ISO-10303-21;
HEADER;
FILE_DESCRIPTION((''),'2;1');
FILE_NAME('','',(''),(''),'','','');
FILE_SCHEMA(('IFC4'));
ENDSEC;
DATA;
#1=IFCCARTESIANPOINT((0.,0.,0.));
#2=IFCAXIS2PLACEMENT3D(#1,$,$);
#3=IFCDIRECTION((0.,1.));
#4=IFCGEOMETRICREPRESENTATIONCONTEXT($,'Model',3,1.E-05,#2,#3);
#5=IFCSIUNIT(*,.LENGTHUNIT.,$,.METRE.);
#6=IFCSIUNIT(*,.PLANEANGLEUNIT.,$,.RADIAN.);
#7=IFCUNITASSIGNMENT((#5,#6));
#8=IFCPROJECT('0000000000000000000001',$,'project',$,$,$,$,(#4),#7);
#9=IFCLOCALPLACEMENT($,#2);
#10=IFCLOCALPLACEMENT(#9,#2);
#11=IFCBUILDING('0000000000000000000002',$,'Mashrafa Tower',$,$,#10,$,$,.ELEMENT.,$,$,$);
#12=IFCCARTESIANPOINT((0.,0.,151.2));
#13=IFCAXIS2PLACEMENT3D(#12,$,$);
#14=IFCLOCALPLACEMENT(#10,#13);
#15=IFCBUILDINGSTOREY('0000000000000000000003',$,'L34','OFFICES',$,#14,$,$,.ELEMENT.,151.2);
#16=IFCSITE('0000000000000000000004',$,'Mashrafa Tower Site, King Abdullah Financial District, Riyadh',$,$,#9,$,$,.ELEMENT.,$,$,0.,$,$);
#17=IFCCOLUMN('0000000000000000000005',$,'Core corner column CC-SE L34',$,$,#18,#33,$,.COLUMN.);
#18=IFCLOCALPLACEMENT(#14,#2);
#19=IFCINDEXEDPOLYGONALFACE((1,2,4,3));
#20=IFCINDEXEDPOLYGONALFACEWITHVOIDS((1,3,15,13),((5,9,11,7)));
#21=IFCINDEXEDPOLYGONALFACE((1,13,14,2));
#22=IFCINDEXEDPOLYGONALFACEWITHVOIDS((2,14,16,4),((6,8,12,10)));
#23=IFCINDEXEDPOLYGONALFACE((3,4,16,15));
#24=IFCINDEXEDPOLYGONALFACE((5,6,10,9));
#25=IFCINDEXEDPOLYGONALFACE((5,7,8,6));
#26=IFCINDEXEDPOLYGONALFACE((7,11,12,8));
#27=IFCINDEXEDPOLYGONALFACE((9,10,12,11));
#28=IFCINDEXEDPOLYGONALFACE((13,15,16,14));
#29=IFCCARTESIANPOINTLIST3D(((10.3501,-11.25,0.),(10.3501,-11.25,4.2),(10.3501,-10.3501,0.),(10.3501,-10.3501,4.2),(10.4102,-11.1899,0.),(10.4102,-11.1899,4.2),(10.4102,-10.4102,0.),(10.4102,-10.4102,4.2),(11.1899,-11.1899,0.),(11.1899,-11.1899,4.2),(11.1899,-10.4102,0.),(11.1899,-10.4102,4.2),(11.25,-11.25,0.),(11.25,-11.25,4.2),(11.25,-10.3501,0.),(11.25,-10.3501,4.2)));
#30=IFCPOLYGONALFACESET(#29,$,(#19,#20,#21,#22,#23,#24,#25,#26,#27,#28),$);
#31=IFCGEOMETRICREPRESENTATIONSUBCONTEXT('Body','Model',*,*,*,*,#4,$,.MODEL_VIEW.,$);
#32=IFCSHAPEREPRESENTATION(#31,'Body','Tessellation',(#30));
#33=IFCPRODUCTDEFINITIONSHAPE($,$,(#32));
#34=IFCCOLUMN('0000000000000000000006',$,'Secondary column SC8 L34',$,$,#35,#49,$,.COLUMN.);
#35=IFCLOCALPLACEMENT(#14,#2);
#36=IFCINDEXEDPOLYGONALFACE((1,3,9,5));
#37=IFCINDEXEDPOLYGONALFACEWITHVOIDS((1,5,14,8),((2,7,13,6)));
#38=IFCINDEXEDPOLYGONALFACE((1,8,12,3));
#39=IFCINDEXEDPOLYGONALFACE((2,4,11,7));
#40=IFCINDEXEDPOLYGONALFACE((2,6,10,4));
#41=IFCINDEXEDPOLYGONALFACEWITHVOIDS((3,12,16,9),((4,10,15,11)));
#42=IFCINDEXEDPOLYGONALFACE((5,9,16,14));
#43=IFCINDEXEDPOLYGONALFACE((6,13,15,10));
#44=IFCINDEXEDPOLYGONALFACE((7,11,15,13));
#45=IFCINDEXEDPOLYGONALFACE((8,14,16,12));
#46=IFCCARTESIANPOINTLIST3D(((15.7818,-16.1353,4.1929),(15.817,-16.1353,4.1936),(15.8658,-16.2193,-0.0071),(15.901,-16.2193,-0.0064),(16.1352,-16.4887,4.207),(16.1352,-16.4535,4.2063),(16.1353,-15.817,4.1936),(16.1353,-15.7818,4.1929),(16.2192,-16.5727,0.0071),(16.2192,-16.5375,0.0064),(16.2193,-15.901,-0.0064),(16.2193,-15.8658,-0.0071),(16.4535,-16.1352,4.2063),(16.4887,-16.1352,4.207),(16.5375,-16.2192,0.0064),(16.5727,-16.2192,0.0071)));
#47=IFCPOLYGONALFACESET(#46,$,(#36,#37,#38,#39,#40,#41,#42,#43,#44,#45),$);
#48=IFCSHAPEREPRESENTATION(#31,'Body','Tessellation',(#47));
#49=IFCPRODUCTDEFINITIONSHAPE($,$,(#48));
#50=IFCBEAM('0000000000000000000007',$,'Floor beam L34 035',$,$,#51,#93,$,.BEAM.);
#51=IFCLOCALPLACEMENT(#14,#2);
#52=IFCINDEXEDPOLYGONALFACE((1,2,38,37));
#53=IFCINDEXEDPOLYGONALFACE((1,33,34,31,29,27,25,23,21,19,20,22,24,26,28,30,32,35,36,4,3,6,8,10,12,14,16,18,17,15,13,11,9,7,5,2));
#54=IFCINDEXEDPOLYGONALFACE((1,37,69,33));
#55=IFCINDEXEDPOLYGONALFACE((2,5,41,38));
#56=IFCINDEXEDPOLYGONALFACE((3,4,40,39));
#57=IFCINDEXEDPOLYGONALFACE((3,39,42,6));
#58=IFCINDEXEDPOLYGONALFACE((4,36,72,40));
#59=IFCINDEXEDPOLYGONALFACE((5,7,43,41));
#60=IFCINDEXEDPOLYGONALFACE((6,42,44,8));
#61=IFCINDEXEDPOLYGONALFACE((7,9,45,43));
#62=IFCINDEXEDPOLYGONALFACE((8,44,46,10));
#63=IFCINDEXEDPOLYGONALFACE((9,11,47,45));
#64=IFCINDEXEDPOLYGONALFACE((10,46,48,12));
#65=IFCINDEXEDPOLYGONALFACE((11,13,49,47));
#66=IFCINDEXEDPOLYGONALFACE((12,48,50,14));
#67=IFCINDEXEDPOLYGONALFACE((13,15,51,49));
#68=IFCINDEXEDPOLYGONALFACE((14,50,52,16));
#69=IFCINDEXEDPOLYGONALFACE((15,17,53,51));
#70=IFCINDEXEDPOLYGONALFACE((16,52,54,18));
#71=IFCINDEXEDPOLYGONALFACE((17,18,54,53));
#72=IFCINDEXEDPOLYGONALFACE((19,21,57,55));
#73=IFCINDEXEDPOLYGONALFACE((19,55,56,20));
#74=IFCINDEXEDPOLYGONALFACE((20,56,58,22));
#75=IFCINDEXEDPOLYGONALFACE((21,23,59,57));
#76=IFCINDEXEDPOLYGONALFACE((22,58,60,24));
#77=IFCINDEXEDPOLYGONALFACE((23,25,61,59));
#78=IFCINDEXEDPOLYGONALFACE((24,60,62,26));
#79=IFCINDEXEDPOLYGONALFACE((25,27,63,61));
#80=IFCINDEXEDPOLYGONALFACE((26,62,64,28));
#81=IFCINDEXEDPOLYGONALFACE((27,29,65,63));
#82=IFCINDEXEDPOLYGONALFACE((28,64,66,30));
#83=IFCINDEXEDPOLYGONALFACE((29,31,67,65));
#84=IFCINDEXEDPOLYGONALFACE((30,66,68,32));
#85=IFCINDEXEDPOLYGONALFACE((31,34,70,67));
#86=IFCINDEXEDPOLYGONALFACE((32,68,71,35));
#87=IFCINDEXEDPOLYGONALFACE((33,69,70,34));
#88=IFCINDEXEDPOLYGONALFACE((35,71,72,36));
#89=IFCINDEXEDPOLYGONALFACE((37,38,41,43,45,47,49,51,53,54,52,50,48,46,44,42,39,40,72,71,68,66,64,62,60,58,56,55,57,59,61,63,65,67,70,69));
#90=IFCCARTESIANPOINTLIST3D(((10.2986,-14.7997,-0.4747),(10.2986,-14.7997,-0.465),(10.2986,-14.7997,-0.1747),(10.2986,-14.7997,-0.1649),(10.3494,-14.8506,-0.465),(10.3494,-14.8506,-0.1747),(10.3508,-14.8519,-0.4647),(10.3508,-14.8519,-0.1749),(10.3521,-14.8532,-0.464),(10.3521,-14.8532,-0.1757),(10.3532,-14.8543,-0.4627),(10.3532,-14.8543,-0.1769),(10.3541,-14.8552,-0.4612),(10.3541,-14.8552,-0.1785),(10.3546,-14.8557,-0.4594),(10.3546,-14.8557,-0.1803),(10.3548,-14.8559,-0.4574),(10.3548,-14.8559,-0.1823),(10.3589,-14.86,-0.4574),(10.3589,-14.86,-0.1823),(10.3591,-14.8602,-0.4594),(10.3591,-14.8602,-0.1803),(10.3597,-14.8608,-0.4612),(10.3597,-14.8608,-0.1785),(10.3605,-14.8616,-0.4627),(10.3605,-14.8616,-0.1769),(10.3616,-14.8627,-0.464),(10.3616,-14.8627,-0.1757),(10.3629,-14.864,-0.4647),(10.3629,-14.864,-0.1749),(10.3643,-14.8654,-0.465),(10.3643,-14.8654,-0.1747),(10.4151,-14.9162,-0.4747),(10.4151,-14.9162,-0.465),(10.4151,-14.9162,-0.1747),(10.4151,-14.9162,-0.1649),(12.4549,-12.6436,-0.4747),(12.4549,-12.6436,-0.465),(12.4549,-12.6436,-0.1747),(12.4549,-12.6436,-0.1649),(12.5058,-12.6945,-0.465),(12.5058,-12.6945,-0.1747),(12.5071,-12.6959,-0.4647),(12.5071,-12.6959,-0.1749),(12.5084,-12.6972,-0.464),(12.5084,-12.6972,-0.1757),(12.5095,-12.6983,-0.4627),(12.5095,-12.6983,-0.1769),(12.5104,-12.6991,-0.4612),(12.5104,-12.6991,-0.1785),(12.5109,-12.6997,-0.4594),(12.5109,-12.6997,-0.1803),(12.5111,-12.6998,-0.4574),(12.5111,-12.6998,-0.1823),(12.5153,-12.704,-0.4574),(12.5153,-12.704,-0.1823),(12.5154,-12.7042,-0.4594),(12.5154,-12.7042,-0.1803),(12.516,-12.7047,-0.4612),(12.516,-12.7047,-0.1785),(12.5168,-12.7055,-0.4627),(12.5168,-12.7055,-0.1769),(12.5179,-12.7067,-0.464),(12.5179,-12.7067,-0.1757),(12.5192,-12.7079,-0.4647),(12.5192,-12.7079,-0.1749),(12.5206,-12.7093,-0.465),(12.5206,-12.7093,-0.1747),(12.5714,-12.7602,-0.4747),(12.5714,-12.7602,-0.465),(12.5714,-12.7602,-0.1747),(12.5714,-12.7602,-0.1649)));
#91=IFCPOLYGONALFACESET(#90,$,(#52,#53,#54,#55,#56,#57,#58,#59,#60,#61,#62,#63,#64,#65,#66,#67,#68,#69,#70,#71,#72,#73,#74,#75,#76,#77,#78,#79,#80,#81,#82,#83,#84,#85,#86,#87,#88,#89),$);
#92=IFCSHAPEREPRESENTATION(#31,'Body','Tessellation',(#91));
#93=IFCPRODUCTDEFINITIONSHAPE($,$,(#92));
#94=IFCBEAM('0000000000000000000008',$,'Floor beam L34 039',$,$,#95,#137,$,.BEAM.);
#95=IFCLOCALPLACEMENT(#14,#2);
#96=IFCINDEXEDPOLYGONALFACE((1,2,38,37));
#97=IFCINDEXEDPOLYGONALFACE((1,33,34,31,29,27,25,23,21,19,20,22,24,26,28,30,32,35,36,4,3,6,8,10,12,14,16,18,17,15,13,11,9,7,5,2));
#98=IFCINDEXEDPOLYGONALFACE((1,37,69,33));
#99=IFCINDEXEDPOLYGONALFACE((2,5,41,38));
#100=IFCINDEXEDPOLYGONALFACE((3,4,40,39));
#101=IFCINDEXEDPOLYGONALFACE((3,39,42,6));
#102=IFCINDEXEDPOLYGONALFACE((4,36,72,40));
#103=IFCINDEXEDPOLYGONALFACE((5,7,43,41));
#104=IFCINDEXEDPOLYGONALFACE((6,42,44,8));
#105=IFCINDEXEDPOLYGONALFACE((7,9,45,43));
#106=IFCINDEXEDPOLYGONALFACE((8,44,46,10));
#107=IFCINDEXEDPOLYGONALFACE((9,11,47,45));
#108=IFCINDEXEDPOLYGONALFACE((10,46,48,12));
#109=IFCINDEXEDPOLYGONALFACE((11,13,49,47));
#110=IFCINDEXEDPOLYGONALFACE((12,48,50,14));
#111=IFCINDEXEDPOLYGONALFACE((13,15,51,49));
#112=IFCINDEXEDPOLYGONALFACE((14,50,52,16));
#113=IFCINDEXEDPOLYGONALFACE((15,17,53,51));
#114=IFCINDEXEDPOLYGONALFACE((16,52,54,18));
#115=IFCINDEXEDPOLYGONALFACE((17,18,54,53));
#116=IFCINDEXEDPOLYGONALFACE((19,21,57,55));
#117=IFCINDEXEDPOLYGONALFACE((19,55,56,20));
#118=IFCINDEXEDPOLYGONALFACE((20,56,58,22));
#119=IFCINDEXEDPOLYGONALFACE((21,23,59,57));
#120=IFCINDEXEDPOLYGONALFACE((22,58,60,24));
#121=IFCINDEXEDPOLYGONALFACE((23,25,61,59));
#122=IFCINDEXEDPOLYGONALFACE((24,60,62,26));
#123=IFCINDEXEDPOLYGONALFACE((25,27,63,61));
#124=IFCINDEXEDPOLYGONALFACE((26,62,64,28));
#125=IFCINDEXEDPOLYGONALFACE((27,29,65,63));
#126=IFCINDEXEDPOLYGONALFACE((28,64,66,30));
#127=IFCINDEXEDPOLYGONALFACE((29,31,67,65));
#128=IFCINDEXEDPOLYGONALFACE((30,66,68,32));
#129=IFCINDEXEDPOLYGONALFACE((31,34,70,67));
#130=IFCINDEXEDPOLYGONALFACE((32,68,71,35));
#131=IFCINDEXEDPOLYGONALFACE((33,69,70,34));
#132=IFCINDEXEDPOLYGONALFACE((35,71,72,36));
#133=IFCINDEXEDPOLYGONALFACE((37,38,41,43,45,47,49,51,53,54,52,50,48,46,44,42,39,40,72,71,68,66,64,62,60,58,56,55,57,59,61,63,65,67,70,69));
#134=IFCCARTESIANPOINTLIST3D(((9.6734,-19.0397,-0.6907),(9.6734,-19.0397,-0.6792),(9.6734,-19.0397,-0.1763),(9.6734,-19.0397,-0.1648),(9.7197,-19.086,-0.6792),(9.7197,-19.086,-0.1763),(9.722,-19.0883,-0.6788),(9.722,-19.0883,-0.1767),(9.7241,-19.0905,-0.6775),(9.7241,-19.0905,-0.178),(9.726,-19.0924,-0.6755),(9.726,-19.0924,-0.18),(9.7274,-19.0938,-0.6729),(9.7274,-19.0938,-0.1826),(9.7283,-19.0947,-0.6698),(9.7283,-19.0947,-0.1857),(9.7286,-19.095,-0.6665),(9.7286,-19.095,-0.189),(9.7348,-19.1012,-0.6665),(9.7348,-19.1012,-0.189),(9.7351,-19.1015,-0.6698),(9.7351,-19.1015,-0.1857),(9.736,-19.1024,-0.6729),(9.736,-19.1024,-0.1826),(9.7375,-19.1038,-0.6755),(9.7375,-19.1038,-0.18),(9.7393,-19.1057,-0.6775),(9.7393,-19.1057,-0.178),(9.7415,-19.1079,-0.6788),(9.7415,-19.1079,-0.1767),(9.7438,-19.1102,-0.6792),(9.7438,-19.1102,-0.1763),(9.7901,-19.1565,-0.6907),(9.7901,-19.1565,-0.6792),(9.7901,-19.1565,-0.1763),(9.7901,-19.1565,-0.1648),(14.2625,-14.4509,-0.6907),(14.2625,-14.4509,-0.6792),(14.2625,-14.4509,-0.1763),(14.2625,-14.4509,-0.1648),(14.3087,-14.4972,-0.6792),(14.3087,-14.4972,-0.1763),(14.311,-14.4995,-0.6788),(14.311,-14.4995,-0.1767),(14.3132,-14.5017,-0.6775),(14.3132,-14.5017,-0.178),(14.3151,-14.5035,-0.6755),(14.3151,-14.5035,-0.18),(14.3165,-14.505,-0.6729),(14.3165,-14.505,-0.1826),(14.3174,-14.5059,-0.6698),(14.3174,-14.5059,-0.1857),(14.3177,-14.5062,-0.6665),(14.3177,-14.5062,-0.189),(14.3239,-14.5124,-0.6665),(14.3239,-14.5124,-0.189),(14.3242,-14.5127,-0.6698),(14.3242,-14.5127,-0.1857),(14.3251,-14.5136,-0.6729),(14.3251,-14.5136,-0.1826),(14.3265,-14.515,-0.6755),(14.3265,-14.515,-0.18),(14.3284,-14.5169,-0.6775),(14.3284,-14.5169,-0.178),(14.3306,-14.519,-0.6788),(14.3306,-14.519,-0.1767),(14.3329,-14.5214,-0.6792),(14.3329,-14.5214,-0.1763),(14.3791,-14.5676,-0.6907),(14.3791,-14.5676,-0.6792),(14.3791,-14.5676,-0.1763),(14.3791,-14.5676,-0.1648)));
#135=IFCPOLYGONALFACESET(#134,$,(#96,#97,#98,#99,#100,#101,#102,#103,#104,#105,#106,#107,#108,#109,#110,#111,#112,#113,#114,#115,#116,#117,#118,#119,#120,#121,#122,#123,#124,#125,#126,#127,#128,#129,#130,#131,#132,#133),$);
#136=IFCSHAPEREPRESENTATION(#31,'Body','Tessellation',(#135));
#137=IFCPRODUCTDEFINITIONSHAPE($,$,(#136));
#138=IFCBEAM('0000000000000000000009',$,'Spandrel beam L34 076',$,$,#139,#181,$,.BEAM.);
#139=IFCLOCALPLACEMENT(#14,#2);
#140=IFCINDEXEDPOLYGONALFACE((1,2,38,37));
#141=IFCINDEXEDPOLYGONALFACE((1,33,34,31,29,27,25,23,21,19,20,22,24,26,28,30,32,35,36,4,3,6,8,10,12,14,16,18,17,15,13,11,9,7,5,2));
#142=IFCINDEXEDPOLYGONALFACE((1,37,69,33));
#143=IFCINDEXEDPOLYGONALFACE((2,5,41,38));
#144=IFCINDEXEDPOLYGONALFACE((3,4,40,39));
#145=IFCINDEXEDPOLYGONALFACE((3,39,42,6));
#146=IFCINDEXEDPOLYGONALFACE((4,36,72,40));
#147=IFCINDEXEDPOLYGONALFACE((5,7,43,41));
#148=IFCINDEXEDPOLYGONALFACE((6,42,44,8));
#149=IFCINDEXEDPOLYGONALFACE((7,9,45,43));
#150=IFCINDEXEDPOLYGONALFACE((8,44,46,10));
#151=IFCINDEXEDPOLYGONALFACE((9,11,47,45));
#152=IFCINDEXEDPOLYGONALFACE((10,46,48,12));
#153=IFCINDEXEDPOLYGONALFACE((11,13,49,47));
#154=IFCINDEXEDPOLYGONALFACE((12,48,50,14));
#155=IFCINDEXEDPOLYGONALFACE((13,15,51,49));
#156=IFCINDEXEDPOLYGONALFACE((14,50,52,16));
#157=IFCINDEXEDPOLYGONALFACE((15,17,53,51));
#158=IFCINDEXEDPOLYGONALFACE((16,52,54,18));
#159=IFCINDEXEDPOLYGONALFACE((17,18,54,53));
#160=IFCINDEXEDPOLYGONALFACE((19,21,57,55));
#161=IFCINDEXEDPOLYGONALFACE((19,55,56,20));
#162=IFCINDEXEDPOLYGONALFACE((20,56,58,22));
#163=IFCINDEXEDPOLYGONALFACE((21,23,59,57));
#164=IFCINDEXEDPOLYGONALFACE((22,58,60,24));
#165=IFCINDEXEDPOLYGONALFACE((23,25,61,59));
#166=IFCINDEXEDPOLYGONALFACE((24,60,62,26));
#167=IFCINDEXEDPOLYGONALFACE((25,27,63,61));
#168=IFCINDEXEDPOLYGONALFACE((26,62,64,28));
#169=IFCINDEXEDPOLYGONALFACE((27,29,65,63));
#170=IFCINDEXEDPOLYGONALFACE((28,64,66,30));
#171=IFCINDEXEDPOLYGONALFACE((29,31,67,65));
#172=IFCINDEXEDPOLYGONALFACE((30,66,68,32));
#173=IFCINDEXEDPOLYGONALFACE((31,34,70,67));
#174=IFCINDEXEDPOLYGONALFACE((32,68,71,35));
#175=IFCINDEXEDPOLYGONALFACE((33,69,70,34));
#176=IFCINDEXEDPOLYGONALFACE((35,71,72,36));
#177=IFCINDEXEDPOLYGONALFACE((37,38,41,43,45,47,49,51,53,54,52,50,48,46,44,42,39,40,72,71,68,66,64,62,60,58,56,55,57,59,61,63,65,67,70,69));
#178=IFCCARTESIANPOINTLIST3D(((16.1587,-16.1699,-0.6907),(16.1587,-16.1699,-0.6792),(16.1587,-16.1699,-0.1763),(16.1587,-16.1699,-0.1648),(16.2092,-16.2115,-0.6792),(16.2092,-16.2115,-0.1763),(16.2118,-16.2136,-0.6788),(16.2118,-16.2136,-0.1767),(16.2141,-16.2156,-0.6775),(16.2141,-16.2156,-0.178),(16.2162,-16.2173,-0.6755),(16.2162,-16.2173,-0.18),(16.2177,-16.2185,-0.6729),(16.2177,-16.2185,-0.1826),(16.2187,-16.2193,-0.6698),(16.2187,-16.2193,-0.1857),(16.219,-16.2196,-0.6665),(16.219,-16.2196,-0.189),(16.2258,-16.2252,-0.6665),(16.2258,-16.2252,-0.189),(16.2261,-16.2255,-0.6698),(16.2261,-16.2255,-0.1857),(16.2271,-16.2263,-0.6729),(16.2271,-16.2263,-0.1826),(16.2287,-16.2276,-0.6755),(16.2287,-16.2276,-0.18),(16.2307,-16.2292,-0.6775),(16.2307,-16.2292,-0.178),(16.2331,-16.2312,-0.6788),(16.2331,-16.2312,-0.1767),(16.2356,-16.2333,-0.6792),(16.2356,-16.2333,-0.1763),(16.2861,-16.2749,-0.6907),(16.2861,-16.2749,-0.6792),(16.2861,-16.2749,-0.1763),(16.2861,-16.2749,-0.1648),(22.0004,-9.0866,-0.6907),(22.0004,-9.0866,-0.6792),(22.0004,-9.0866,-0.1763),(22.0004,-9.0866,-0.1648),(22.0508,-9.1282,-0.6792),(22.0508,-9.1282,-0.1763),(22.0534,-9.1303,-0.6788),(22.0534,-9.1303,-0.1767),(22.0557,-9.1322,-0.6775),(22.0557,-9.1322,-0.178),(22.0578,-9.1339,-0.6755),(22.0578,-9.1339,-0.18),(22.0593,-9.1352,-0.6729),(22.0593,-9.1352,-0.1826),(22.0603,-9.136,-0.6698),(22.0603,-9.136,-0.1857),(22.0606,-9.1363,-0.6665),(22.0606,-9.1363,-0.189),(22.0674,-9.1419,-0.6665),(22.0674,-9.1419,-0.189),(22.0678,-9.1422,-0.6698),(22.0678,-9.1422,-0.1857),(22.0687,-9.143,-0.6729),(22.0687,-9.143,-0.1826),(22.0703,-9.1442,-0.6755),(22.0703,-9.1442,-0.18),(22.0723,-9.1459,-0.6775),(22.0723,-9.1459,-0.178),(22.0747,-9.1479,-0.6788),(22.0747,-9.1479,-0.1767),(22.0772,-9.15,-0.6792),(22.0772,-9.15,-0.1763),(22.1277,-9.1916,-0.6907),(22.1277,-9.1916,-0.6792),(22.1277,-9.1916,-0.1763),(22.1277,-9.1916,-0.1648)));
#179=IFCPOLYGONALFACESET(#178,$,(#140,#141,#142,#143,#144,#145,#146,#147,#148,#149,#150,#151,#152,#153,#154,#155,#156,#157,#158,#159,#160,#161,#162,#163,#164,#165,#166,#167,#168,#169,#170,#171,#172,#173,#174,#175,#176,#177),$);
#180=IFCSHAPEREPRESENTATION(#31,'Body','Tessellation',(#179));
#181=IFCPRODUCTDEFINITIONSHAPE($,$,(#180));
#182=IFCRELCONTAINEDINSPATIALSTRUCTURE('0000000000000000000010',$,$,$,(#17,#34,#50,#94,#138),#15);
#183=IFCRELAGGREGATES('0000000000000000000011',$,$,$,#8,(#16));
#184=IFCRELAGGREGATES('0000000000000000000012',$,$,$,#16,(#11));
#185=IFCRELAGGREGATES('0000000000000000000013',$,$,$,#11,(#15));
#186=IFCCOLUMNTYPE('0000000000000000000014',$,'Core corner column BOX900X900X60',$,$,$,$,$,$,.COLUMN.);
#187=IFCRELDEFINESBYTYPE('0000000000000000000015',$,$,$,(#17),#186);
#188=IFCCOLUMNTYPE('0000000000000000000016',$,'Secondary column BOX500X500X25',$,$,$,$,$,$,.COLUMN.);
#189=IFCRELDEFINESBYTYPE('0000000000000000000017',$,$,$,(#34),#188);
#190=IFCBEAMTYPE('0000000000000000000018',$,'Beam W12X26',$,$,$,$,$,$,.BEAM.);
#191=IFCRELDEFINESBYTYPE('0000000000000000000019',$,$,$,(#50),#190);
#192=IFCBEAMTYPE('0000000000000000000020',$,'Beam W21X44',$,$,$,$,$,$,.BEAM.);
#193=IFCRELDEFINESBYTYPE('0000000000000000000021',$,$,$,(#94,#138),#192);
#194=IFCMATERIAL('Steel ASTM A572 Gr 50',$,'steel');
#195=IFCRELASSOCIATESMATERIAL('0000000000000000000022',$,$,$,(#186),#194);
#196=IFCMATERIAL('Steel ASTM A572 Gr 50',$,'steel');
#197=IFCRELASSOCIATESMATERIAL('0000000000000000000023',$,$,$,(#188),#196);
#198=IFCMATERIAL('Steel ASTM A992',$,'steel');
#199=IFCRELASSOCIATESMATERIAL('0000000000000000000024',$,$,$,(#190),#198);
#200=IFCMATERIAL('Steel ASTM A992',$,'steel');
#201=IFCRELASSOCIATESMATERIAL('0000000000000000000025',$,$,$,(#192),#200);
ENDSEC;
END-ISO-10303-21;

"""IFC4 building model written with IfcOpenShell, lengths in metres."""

from ifc_helpers import new_model, si_unit, direction, frame, origin, origin_2d, place, context, subcontext, project, spatial, hollow_rectangle, i_section, extrude, material, material_profile, profile_set, type_object, element, save


model = new_model("IFC4")

# Units and contexts
model_context = context("Model", 3, precision=1e-05, world=origin(), true_north=direction((0.0, 1.0)))
body_context = subcontext(model_context, "Body", "Model", "MODEL_VIEW")
ifc_project = project(units=[si_unit("LENGTHUNIT", "METRE"), si_unit("PLANEANGLEUNIT", "RADIAN")], contexts=[model_context])

# Site, building, storey
site_placement = place(None, origin())
site = spatial("IfcSite", under=ifc_project, at=site_placement, Name="Mashrafa Tower Site, King Abdullah Financial District, Riyadh", CompositionType="ELEMENT", RefElevation=0.0)
building_placement = place(site_placement, origin())
building = spatial("IfcBuilding", under=site, at=building_placement, Name="Mashrafa Tower", CompositionType="ELEMENT")
storey_placement = place(building_placement, frame((0.0, 0.0, 151.2)))
storey = spatial("IfcBuildingStorey", under=building, at=storey_placement, Name="L34", Description="OFFICES", CompositionType="ELEMENT", Elevation=151.2)

# Columns
ifc_material_1 = material(Name="Steel ASTM A572 Gr 50", Category="steel")
ifc_material_profile_1 = material_profile(ifc_material_1, hollow_rectangle(XDim=0.8999, YDim=0.8999, WallThickness=0.0601, at=origin_2d()), Name="BOX900X900X60")
ifc_profile_set_1 = profile_set([ifc_material_profile_1], Name="Steel ASTM A572 Gr 50")
column_type_1 = type_object("IfcColumnType", Name="Core corner column BOX900X900X60", PredefinedType="COLUMN", material=ifc_profile_set_1)
column_1_placement = place(storey_placement, frame((10.8, -10.8, 0.0), z_axis=(0.0, 0.0, 1.0), x_axis=(1.0, 0.0, 0.0)))
element("IfcColumn", 1, at=column_1_placement, inside=storey, type_object=column_type_1, Name="Core corner column CC-SE L34", PredefinedType="COLUMN", context=body_context, shape_type="SweptSolid", body=[
    extrude(hollow_rectangle(XDim=0.8999, YDim=0.8999, WallThickness=0.0601, at=origin_2d()), origin(), (0.0, 0.0, 1.0), 4.2),
])
ifc_material_2 = material(Name="Steel ASTM A572 Gr 50", Category="steel")
ifc_material_profile_2 = material_profile(ifc_material_2, hollow_rectangle(XDim=0.5, YDim=0.5, WallThickness=0.0249, at=origin_2d()), Name="BOX500X500X25")
ifc_profile_set_2 = profile_set([ifc_material_profile_2], Name="Steel ASTM A572 Gr 50")
column_type_2 = type_object("IfcColumnType", Name="Secondary column BOX500X500X25", PredefinedType="COLUMN", material=ifc_profile_set_2)
column_2_placement = place(storey_placement, frame((16.2192, -16.2192, 0.0), z_axis=(-0.019989, 0.019989, 0.9996), x_axis=(-0.707107, -0.707107, 0.0)))
element("IfcColumn", 2, at=column_2_placement, inside=storey, type_object=column_type_2, Name="Secondary column SC8 L34", PredefinedType="COLUMN", context=body_context, shape_type="SweptSolid", body=[
    extrude(hollow_rectangle(XDim=0.5, YDim=0.5, WallThickness=0.0249, at=origin_2d()), origin(), (0.0, 0.0, 1.0), 4.2017),
])

# Beams
ifc_material_3 = material(Name="Steel ASTM A992", Category="steel")
ifc_material_profile_3 = material_profile(ifc_material_3, i_section(OverallWidth=0.1648, OverallDepth=0.3098, WebThickness=0.0059, FlangeThickness=0.0098, FilletRadius=0.0076, at=origin_2d()), Name="W12X26")
ifc_profile_set_3 = profile_set([ifc_material_profile_3], Name="Steel ASTM A992")
beam_type_1 = type_object("IfcBeamType", Name="Beam W12X26", PredefinedType="BEAM", material=ifc_profile_set_3)
beam_1_placement = place(storey_placement, frame((12.5132, -12.7019, -0.3198), z_axis=(-0.707147, -0.707067, 0.0), x_axis=(0.707067, -0.707147, 0.0)))
element("IfcBeam", 3, at=beam_1_placement, inside=storey, type_object=beam_type_1, Name="Floor beam L34 035", PredefinedType="BEAM", context=body_context, shape_type="SweptSolid", body=[
    extrude(i_section(OverallWidth=0.1648, OverallDepth=0.3098, WebThickness=0.0059, FlangeThickness=0.0098, FilletRadius=0.0076, at=origin_2d()), origin(), (0.0, 0.0, 1.0), 3.0493),
])
ifc_material_4 = material(Name="Steel ASTM A992", Category="steel")
ifc_material_profile_4 = material_profile(ifc_material_4, i_section(OverallWidth=0.165, OverallDepth=0.5259, WebThickness=0.0088, FlangeThickness=0.0115, FilletRadius=0.0127, at=origin_2d()), Name="W21X44")
ifc_profile_set_4 = profile_set([ifc_material_profile_4], Name="Steel ASTM A992")
beam_type_2 = type_object("IfcBeamType", Name="Beam W21X44", PredefinedType="BEAM", material=ifc_profile_set_4)
beam_2_placement = place(storey_placement, frame((14.3208, -14.5093, -0.4277), z_axis=(-0.707126, -0.707088, 0.0), x_axis=(0.707088, -0.707126, 0.0)))
element("IfcBeam", 4, at=beam_2_placement, inside=storey, type_object=beam_type_2, Name="Floor beam L34 039", PredefinedType="BEAM", context=body_context, shape_type="SweptSolid", body=[
    extrude(i_section(OverallWidth=0.165, OverallDepth=0.5259, WebThickness=0.0088, FlangeThickness=0.0115, FilletRadius=0.0127, at=origin_2d()), origin(), (0.0, 0.0, 1.0), 6.4897),
])
beam_3_placement = place(storey_placement, frame((16.2224, -16.2224, -0.4277), z_axis=(0.636245, 0.771487, 0.0), x_axis=(-0.771487, 0.636245, 0.0)))
element("IfcBeam", 5, at=beam_3_placement, inside=storey, type_object=beam_type_2, Name="Spandrel beam L34 076", PredefinedType="BEAM", context=body_context, shape_type="SweptSolid", body=[
    extrude(i_section(OverallWidth=0.165, OverallDepth=0.5259, WebThickness=0.0088, FlangeThickness=0.0115, FilletRadius=0.0127, at=origin_2d()), origin(), (0.0, 0.0, 1.0), 9.1814),
])

save(model, "model.ifc")
